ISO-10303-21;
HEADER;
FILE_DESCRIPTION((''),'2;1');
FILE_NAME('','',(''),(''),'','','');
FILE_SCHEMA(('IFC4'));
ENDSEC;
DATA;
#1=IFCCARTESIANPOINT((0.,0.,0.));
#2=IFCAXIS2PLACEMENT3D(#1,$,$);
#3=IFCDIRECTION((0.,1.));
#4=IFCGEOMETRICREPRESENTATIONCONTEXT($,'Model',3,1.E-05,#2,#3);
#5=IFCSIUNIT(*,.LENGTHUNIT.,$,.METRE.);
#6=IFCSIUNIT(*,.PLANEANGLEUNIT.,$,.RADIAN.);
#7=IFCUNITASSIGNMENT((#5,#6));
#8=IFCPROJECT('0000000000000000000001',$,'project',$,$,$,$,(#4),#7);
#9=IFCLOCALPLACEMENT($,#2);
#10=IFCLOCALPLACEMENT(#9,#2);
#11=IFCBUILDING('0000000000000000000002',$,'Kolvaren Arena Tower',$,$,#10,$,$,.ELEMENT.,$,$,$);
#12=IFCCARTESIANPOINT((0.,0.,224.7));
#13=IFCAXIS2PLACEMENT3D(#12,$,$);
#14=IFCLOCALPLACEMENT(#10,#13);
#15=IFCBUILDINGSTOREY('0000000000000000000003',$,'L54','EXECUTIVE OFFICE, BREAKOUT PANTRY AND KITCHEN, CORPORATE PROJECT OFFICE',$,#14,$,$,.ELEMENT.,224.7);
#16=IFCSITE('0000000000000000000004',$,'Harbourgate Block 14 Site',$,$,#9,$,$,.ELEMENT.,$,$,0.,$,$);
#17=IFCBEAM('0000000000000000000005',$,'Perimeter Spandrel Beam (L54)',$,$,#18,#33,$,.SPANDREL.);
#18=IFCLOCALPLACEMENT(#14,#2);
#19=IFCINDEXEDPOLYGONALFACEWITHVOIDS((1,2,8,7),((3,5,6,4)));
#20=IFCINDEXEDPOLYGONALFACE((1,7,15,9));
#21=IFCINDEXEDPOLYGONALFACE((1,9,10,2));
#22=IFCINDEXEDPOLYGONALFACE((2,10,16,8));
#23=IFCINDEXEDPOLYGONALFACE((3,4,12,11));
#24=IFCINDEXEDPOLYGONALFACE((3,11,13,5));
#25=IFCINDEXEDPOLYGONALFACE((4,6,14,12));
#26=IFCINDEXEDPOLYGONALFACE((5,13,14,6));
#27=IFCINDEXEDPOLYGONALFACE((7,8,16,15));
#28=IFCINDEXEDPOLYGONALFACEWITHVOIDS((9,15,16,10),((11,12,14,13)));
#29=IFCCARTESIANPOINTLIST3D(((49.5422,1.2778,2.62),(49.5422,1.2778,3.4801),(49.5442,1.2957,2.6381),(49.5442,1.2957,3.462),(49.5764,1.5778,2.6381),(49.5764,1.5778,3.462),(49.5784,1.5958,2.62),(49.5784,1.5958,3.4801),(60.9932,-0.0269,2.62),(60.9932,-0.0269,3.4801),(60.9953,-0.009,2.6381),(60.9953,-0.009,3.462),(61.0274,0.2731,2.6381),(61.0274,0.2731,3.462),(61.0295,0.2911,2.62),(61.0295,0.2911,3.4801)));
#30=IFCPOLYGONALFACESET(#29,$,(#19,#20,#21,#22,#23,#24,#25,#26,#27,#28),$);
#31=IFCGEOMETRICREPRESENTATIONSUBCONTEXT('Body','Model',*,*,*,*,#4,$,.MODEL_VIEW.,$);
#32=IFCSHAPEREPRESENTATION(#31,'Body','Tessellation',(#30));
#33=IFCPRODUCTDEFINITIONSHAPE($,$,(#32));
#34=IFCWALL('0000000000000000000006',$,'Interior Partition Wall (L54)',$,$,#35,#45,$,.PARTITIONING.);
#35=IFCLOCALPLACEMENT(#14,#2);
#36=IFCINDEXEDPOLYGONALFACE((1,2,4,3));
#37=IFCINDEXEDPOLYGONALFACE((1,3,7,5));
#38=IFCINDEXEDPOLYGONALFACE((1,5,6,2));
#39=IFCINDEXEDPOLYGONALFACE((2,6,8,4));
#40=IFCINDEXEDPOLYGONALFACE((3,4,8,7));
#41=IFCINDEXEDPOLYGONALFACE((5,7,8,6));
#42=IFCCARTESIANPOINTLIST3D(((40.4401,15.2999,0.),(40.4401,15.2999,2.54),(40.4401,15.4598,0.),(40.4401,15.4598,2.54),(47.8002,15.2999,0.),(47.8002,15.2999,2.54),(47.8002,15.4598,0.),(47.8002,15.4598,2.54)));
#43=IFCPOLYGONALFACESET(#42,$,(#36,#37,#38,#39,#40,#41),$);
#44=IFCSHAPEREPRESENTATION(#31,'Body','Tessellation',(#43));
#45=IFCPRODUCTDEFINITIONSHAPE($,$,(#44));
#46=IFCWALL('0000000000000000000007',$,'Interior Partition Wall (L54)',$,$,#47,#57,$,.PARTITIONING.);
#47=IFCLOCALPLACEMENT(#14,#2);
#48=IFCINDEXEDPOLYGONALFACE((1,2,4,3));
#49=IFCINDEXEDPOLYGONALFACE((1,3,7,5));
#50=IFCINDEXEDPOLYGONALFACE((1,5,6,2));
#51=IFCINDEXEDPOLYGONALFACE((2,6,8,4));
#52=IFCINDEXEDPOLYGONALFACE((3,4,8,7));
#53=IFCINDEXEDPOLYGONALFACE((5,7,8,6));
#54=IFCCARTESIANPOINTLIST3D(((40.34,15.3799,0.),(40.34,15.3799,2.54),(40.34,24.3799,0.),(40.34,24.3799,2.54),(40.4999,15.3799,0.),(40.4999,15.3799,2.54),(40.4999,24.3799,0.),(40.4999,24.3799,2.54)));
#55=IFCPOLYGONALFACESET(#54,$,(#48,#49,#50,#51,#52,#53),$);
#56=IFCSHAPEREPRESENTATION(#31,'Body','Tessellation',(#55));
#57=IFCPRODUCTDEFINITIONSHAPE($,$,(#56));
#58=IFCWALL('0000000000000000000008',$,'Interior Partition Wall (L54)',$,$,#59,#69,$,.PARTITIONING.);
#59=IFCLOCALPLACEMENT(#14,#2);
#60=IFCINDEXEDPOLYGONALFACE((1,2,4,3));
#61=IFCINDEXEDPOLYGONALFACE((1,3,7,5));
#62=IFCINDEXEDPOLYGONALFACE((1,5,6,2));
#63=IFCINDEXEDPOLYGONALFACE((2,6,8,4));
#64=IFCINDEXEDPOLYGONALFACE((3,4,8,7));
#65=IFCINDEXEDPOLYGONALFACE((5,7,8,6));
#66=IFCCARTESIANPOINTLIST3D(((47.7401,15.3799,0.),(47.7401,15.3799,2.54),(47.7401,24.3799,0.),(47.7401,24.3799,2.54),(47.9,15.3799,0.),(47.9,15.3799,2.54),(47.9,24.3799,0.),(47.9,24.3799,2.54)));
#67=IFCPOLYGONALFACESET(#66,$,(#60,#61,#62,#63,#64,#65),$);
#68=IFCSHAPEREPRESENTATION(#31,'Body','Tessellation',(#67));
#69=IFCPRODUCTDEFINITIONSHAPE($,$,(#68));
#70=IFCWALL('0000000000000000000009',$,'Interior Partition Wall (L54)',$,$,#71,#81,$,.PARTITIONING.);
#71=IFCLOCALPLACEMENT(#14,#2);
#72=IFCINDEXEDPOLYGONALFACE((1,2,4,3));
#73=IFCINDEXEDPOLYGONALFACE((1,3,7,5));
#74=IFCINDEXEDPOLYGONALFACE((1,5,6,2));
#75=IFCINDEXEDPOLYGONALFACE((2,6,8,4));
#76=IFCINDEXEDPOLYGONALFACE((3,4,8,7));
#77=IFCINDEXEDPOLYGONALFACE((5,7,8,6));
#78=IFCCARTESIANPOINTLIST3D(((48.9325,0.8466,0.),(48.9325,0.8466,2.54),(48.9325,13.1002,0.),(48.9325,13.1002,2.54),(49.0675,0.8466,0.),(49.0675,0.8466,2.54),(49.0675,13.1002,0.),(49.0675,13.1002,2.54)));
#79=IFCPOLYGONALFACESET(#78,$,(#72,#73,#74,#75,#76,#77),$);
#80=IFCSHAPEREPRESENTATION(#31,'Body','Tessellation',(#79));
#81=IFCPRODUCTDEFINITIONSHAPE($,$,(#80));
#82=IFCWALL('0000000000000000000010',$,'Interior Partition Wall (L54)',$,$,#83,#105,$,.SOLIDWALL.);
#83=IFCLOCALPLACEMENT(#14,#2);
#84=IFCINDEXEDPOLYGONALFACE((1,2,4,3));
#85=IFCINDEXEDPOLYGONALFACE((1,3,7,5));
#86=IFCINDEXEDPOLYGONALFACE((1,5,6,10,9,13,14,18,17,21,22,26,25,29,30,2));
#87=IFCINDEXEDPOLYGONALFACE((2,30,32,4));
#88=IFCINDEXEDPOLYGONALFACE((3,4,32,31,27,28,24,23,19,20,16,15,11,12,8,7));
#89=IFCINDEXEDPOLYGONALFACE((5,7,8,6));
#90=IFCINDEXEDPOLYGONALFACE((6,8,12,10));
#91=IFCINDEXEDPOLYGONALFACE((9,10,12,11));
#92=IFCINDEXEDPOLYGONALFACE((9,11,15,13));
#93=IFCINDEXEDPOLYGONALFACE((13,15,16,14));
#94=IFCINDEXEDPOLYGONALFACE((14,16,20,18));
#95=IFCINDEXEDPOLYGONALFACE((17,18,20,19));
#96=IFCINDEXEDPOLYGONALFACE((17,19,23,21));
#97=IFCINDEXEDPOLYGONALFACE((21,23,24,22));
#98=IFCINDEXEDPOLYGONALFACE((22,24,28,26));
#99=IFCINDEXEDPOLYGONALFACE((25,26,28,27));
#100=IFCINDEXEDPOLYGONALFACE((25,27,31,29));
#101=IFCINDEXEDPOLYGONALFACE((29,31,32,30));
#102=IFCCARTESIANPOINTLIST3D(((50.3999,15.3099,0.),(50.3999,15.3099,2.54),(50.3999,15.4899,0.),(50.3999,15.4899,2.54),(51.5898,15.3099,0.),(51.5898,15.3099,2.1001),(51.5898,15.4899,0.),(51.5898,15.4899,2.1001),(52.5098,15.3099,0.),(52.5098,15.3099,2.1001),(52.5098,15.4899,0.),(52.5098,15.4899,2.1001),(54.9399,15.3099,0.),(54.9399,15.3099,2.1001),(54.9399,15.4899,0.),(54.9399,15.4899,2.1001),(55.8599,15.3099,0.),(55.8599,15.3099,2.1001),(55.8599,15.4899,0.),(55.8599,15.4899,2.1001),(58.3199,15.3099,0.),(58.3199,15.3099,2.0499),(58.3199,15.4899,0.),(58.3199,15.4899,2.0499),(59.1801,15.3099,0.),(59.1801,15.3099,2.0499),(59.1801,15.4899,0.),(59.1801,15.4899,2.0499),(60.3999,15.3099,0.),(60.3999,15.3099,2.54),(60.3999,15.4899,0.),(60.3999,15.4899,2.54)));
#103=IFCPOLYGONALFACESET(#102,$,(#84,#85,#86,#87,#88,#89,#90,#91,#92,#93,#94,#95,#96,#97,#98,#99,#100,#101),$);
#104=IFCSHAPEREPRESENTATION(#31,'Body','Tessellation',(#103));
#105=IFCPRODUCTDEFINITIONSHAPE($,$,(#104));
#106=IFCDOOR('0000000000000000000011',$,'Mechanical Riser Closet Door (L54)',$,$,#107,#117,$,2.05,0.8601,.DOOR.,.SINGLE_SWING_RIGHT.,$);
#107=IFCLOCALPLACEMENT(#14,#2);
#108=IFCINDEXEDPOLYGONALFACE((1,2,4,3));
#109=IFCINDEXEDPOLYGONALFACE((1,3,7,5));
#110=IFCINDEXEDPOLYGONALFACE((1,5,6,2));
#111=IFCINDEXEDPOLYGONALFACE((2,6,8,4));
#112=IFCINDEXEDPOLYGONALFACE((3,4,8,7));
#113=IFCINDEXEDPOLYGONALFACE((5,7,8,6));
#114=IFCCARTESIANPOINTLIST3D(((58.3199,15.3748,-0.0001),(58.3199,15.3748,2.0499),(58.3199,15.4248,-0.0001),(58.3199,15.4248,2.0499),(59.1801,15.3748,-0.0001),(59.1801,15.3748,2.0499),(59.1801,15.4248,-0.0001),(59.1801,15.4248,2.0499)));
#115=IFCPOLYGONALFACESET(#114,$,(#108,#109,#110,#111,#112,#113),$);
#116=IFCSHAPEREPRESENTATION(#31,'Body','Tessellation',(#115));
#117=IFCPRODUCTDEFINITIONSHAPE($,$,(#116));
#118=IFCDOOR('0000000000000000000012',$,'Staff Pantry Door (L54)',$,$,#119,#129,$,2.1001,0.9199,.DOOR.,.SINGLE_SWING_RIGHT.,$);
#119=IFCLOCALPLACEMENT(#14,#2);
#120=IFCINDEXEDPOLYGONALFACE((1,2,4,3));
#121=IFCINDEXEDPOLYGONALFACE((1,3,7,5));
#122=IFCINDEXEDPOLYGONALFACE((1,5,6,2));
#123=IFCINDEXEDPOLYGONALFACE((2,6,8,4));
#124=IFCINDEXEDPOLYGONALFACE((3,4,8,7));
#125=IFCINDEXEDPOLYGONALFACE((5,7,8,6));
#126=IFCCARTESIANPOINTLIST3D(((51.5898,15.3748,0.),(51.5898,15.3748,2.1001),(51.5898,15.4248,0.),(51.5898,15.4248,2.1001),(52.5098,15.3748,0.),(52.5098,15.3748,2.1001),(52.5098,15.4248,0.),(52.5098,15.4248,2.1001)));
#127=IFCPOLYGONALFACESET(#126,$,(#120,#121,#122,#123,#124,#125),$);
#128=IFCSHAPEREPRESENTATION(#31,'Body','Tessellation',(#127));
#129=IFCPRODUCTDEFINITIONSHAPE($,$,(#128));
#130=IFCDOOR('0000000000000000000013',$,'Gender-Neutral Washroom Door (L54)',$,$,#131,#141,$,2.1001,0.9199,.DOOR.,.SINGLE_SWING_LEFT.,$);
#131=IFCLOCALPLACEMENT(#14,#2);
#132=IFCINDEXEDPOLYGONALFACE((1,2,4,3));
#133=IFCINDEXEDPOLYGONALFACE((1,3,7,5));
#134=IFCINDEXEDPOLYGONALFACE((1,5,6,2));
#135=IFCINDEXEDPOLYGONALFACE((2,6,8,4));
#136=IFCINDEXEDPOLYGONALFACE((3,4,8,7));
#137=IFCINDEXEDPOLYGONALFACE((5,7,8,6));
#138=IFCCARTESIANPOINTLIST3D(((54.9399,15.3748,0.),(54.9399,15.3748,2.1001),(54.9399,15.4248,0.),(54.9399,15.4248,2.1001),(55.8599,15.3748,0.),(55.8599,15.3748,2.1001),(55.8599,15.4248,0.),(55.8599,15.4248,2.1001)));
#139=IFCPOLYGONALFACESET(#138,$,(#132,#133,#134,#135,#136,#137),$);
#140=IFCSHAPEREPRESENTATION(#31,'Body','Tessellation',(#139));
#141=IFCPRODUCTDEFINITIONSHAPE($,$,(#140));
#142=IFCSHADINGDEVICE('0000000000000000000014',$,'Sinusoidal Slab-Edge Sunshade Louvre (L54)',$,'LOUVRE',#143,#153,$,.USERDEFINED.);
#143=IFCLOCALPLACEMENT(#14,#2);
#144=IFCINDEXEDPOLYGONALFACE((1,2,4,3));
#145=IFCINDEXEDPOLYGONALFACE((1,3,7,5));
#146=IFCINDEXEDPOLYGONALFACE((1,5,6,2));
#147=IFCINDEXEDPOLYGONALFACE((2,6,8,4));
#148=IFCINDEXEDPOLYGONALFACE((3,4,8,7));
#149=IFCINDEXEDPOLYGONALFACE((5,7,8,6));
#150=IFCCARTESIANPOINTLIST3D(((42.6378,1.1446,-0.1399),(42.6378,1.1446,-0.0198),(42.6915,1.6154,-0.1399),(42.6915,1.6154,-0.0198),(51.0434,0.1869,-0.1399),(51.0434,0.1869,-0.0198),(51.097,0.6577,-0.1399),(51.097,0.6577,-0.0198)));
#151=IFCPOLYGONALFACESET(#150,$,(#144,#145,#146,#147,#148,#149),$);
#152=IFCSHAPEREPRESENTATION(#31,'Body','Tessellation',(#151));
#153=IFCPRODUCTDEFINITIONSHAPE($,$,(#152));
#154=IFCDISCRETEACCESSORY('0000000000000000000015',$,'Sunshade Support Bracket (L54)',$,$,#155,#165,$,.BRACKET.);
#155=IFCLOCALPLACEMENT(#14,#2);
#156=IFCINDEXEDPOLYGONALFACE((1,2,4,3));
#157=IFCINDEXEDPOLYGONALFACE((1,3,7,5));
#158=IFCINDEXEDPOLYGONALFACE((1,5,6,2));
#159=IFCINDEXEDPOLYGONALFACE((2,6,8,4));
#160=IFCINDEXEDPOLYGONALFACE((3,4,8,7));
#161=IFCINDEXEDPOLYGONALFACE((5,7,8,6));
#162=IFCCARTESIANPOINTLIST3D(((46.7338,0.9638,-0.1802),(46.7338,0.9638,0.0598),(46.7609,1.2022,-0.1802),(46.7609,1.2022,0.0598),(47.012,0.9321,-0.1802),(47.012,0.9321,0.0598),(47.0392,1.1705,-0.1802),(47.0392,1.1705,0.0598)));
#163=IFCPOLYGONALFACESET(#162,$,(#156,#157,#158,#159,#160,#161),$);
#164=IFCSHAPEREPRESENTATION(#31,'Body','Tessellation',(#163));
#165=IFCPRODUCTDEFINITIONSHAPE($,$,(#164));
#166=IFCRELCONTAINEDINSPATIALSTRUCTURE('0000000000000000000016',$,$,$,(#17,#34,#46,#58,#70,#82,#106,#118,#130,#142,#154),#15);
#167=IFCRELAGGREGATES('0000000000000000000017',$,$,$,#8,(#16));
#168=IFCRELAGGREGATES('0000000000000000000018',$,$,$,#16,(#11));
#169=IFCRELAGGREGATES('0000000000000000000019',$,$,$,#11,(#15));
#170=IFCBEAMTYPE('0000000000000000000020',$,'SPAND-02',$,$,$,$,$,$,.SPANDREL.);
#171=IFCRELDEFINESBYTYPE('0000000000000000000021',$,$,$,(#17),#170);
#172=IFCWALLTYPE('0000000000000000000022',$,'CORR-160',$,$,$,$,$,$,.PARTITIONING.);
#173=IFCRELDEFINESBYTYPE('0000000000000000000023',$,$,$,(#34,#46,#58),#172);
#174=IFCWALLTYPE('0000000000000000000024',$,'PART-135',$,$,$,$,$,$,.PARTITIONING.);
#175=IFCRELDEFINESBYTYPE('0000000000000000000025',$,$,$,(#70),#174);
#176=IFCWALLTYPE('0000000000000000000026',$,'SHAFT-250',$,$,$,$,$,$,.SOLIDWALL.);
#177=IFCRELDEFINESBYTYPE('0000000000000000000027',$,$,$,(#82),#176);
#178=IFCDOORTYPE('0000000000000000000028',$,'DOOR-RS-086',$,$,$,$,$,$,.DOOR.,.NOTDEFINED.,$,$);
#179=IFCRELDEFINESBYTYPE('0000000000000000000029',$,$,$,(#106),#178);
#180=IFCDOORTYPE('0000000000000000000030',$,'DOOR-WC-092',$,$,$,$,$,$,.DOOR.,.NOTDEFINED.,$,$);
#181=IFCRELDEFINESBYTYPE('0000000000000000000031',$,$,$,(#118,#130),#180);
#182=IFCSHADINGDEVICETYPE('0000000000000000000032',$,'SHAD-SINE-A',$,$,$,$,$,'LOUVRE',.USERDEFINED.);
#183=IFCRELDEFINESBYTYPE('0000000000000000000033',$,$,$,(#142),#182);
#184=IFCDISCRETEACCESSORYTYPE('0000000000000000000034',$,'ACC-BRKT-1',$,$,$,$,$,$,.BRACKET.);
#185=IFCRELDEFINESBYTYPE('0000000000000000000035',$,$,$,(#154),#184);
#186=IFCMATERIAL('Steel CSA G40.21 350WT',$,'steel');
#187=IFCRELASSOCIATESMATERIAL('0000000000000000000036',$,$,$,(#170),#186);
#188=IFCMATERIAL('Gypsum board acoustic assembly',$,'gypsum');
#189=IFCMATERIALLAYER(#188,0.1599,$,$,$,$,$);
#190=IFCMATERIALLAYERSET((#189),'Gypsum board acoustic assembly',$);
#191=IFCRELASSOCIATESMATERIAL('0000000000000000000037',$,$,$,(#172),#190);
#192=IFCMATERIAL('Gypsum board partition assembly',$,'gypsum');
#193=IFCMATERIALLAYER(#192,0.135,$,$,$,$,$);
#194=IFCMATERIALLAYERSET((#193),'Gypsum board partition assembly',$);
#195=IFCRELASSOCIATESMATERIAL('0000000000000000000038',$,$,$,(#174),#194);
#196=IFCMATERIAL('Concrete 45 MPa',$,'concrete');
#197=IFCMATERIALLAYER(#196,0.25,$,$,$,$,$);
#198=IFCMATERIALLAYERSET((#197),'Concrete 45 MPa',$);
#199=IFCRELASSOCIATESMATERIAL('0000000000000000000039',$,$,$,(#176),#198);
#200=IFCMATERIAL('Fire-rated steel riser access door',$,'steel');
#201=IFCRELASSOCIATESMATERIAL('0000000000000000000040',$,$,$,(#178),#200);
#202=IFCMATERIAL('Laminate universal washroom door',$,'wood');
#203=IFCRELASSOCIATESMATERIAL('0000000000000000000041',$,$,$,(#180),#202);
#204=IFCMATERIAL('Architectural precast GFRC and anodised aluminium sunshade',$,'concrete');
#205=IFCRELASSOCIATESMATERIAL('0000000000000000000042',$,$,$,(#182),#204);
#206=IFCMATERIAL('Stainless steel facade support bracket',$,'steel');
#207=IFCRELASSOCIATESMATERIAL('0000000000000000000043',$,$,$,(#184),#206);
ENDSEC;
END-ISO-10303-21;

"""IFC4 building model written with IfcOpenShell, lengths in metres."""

from ifc_helpers import new_model, si_unit, direction, frame, frame_2d, origin, origin_2d, place, context, subcontext, project, spatial, rectangle, hollow_rectangle, extrude, material, layer, layer_set, material_profile, profile_set, type_object, element, fill, save


model = new_model("IFC4")

# Units and contexts
model_context = context("Model", 3, precision=1e-05, world=origin(), true_north=direction((0.0, 1.0)))
body_context = subcontext(model_context, "Body", "Model", "MODEL_VIEW")
ifc_project = project(units=[si_unit("LENGTHUNIT", "METRE"), si_unit("PLANEANGLEUNIT", "RADIAN")], contexts=[model_context])

# Site, building, storey
site_placement = place(None, origin())
site = spatial("IfcSite", under=ifc_project, at=site_placement, Name="Harbourgate Block 14 Site", CompositionType="ELEMENT", RefElevation=0.0)
building_placement = place(site_placement, origin())
building = spatial("IfcBuilding", under=site, at=building_placement, Name="Kolvaren Arena Tower", CompositionType="ELEMENT")
storey_placement = place(building_placement, frame((0.0, 0.0, 224.7)))
storey = spatial("IfcBuildingStorey", under=building, at=storey_placement, Name="L54", Description="EXECUTIVE OFFICE, BREAKOUT PANTRY AND KITCHEN, CORPORATE PROJECT OFFICE", CompositionType="ELEMENT", Elevation=224.7)

# Beam
ifc_material_1 = material(Name="Steel CSA G40.21 350WT", Category="steel")
ifc_material_profile_1 = material_profile(ifc_material_1, hollow_rectangle(XDim=0.3201, YDim=0.8601, WallThickness=0.0181, at=origin_2d()), Name="HSS 860x320x18")
ifc_profile_set_1 = profile_set([ifc_material_profile_1], Name="Steel CSA G40.21 350WT")
beam_type_1 = type_object("IfcBeamType", Name="SPAND-02", PredefinedType="SPANDREL", material=ifc_profile_set_1)
beam_1_placement = place(storey_placement, frame((49.5603, 1.4368, 3.05), z_axis=(0.993572, -0.113202, 0.0), x_axis=(0.113202, 0.993572, 0.0)))
element("IfcBeam", 1, at=beam_1_placement, inside=storey, type_object=beam_type_1, Name="Perimeter Spandrel Beam (L54)", PredefinedType="SPANDREL", context=body_context, shape_type="SweptSolid", body=[
    extrude(hollow_rectangle(XDim=0.3201, YDim=0.8601, WallThickness=0.0181, at=origin_2d()), origin(), (0.0, 0.0, 1.0), 11.5251),
])

# Walls
ifc_material_2 = material(Name="Gypsum board acoustic assembly", Category="gypsum")
ifc_layer_1 = layer(ifc_material_2, 0.1599)
ifc_layer_set_1 = layer_set([ifc_layer_1], Name="Gypsum board acoustic assembly")
wall_type_1 = type_object("IfcWallType", Name="CORR-160", PredefinedType="PARTITIONING", material=ifc_layer_set_1)
wall_1_placement = place(storey_placement, frame((40.4399, 15.3799, 0.0), z_axis=(0.0, 0.0, 1.0), x_axis=(1.0, 0.0, 0.0)))
element("IfcWall", 2, at=wall_1_placement, inside=storey, type_object=wall_type_1, Name="Interior Partition Wall (L54)", PredefinedType="PARTITIONING", context=body_context, shape_type="SweptSolid", body=[
    extrude(rectangle(XDim=7.3601, YDim=0.1599, at=frame_2d((3.6802, 0.0))), origin(), (0.0, 0.0, 1.0), 2.54),
])
for number, where, z_axis, x_axis, name in (
    (3, (40.4199, 15.3799, 0.0), (0.0, 0.0, 1.0), (0.0, 1.0, 0.0), "Interior Partition Wall (L54)"),
    (4, (47.8201, 15.3799, 0.0), (0.0, 0.0, 1.0), (0.0, 1.0, 0.0), "Interior Partition Wall (L54)"),
):
    element("IfcWall", number, at=place(storey_placement, frame(where, z_axis=z_axis, x_axis=x_axis)), inside=storey, type_object=wall_type_1, Name=name, PredefinedType="PARTITIONING", context=body_context, shape_type="SweptSolid", body=[
        extrude(rectangle(XDim=9.0, YDim=0.1599, at=frame_2d((4.5, 0.0))), origin(), (0.0, 0.0, 1.0), 2.54),
    ])
ifc_material_3 = material(Name="Gypsum board partition assembly", Category="gypsum")
ifc_layer_2 = layer(ifc_material_3, 0.135)
ifc_layer_set_2 = layer_set([ifc_layer_2], Name="Gypsum board partition assembly")
wall_type_2 = type_object("IfcWallType", Name="PART-135", PredefinedType="PARTITIONING", material=ifc_layer_set_2)
wall_2_placement = place(storey_placement, frame((49.0, 0.8464, 0.0), z_axis=(0.0, 0.0, 1.0), x_axis=(0.0, 1.0, 0.0)))
element("IfcWall", 5, at=wall_2_placement, inside=storey, type_object=wall_type_2, Name="Interior Partition Wall (L54)", PredefinedType="PARTITIONING", context=body_context, shape_type="SweptSolid", body=[
    extrude(rectangle(XDim=12.2537, YDim=0.135, at=frame_2d((6.127, 0.0))), origin(), (0.0, 0.0, 1.0), 2.54),
])

# Wall, openings, doors
ifc_material_4 = material(Name="Concrete 45 MPa", Category="concrete")
ifc_layer_3 = layer(ifc_material_4, 0.25)
ifc_layer_set_3 = layer_set([ifc_layer_3], Name="Concrete 45 MPa")
wall_type_3 = type_object("IfcWallType", Name="SHAFT-250", PredefinedType="SOLIDWALL", material=ifc_layer_set_3)
wall_3_placement = place(storey_placement, frame((50.3999, 15.3999, 0.0), z_axis=(0.0, 0.0, 1.0), x_axis=(1.0, 0.0, 0.0)))
wall_3 = element("IfcWall", 6, at=wall_3_placement, inside=storey, type_object=wall_type_3, Name="Interior Partition Wall (L54)", PredefinedType="SOLIDWALL", context=body_context, shape_type="SweptSolid", body=[
    extrude(rectangle(XDim=10.0, YDim=0.1799, at=frame_2d((5.0, 0.0))), origin(), (0.0, 0.0, 1.0), 2.54),
])
opening_1_placement = place(wall_3_placement, frame((1.1899, 0.0, 0.0)))
opening_1 = element("IfcOpeningElement", 7, at=opening_1_placement, cuts=wall_3, PredefinedType="OPENING", context=body_context, shape_type="SweptSolid", body=[
    extrude(rectangle(XDim=0.9199, YDim=2.1001, at=frame_2d((0.46, 1.05))), frame((0.0, 0.0999, 0.0), z_axis=(0.0, -1.0, 0.0), x_axis=(1.0, 0.0, 0.0)), (0.0, 0.0, 1.0), 0.2),
])
opening_2_placement = place(wall_3_placement, frame((4.54, 0.0, 0.0)))
opening_2 = element("IfcOpeningElement", 8, at=opening_2_placement, cuts=wall_3, PredefinedType="OPENING", context=body_context, shape_type="SweptSolid", body=[
    extrude(rectangle(XDim=0.9199, YDim=2.1001, at=frame_2d((0.46, 1.05))), frame((0.0, 0.0999, 0.0), z_axis=(0.0, -1.0, 0.0), x_axis=(1.0, 0.0, 0.0)), (0.0, 0.0, 1.0), 0.2),
])
opening_3_placement = place(wall_3_placement, frame((7.9199, 0.0, 0.0)))
opening_3 = element("IfcOpeningElement", 9, at=opening_3_placement, cuts=wall_3, PredefinedType="OPENING", context=body_context, shape_type="SweptSolid", body=[
    extrude(rectangle(XDim=0.8601, YDim=2.05, at=frame_2d((0.4302, 1.0249))), frame((0.0, 0.0999, 0.0), z_axis=(0.0, -1.0, 0.0), x_axis=(1.0, 0.0, 0.0)), (0.0, 0.0, 1.0), 0.2),
])
ifc_material_5 = material(Name="Fire-rated steel riser access door", Category="steel")
door_type_1 = type_object("IfcDoorType", Name="DOOR-RS-086", OperationType="NOTDEFINED", PredefinedType="DOOR", material=ifc_material_5)
door_1_placement = place(opening_3_placement, origin())
door_1 = element("IfcDoor", 10, at=door_1_placement, inside=storey, type_object=door_type_1, Name="Mechanical Riser Closet Door (L54)", OperationType="SINGLE_SWING_RIGHT", OverallHeight=2.05, OverallWidth=0.8601, PredefinedType="DOOR", context=body_context, shape_type="SweptSolid", body=[
    extrude(rectangle(XDim=0.8601, YDim=2.05, at=frame_2d((0.4302, 1.0249))), frame((0.0, 0.0249, 0.0), z_axis=(0.0, -1.0, 0.0), x_axis=(1.0, 0.0, 0.0)), (0.0, 0.0, 1.0), 0.05),
])
fill(opening_3, door_1)
ifc_material_6 = material(Name="Laminate universal washroom door", Category="wood")
door_type_2 = type_object("IfcDoorType", Name="DOOR-WC-092", OperationType="NOTDEFINED", PredefinedType="DOOR", material=ifc_material_6)
door_2_placement = place(opening_1_placement, origin())
door_2 = element("IfcDoor", 11, at=door_2_placement, inside=storey, type_object=door_type_2, Name="Staff Pantry Door (L54)", OperationType="SINGLE_SWING_RIGHT", OverallHeight=2.1001, OverallWidth=0.9199, PredefinedType="DOOR", context=body_context, shape_type="SweptSolid", body=[
    extrude(rectangle(XDim=0.9199, YDim=2.1001, at=frame_2d((0.46, 1.05))), frame((0.0, 0.0249, 0.0), z_axis=(0.0, -1.0, 0.0), x_axis=(1.0, 0.0, 0.0)), (0.0, 0.0, 1.0), 0.05),
])
fill(opening_1, door_2)
door_3_placement = place(opening_2_placement, origin())
door_3 = element("IfcDoor", 12, at=door_3_placement, inside=storey, type_object=door_type_2, Name="Gender-Neutral Washroom Door (L54)", OperationType="SINGLE_SWING_LEFT", OverallHeight=2.1001, OverallWidth=0.9199, PredefinedType="DOOR", context=body_context, shape_type="SweptSolid", body=[
    extrude(rectangle(XDim=0.9199, YDim=2.1001, at=frame_2d((0.46, 1.05))), frame((0.0, 0.0249, 0.0), z_axis=(0.0, -1.0, 0.0), x_axis=(1.0, 0.0, 0.0)), (0.0, 0.0, 1.0), 0.05),
])
fill(opening_2, door_3)

# Shading device
ifc_material_7 = material(Name="Architectural precast GFRC and anodised aluminium sunshade", Category="concrete")
shading_device_type = type_object("IfcShadingDeviceType", Name="SHAD-SINE-A", ElementType="LOUVRE", PredefinedType="USERDEFINED", material=ifc_material_7)
shading_device_placement = place(storey_placement, frame((46.8674, 0.9011, -0.1399), z_axis=(0.0, 0.0, 1.0), x_axis=(-0.993572, 0.113205, 0.0)))
element("IfcShadingDevice", 13, at=shading_device_placement, inside=storey, type_object=shading_device_type, Name="Sinusoidal Slab-Edge Sunshade Louvre (L54)", ObjectType="LOUVRE", PredefinedType="USERDEFINED", context=body_context, shape_type="SweptSolid", body=[
    extrude(rectangle(XDim=8.46, YDim=0.4739, at=origin_2d()), origin(), (0.0, 0.0, 1.0), 0.1201),
])

# Discrete accessory
ifc_material_8 = material(Name="Stainless steel facade support bracket", Category="steel")
discrete_accessory_type = type_object("IfcDiscreteAccessoryType", Name="ACC-BRKT-1", PredefinedType="BRACKET", material=ifc_material_8)
discrete_accessory_placement = place(storey_placement, frame((46.8865, 1.0671, -0.1802), z_axis=(0.0, 0.0, 1.0), x_axis=(-0.993572, 0.113205, 0.0)))
element("IfcDiscreteAccessory", 14, at=discrete_accessory_placement, inside=storey, type_object=discrete_accessory_type, Name="Sunshade Support Bracket (L54)", PredefinedType="BRACKET", context=body_context, shape_type="SweptSolid", body=[
    extrude(rectangle(XDim=0.28, YDim=0.24, at=origin_2d()), origin(), (0.0, 0.0, 1.0), 0.24),
])

save(model, "model.ifc")
